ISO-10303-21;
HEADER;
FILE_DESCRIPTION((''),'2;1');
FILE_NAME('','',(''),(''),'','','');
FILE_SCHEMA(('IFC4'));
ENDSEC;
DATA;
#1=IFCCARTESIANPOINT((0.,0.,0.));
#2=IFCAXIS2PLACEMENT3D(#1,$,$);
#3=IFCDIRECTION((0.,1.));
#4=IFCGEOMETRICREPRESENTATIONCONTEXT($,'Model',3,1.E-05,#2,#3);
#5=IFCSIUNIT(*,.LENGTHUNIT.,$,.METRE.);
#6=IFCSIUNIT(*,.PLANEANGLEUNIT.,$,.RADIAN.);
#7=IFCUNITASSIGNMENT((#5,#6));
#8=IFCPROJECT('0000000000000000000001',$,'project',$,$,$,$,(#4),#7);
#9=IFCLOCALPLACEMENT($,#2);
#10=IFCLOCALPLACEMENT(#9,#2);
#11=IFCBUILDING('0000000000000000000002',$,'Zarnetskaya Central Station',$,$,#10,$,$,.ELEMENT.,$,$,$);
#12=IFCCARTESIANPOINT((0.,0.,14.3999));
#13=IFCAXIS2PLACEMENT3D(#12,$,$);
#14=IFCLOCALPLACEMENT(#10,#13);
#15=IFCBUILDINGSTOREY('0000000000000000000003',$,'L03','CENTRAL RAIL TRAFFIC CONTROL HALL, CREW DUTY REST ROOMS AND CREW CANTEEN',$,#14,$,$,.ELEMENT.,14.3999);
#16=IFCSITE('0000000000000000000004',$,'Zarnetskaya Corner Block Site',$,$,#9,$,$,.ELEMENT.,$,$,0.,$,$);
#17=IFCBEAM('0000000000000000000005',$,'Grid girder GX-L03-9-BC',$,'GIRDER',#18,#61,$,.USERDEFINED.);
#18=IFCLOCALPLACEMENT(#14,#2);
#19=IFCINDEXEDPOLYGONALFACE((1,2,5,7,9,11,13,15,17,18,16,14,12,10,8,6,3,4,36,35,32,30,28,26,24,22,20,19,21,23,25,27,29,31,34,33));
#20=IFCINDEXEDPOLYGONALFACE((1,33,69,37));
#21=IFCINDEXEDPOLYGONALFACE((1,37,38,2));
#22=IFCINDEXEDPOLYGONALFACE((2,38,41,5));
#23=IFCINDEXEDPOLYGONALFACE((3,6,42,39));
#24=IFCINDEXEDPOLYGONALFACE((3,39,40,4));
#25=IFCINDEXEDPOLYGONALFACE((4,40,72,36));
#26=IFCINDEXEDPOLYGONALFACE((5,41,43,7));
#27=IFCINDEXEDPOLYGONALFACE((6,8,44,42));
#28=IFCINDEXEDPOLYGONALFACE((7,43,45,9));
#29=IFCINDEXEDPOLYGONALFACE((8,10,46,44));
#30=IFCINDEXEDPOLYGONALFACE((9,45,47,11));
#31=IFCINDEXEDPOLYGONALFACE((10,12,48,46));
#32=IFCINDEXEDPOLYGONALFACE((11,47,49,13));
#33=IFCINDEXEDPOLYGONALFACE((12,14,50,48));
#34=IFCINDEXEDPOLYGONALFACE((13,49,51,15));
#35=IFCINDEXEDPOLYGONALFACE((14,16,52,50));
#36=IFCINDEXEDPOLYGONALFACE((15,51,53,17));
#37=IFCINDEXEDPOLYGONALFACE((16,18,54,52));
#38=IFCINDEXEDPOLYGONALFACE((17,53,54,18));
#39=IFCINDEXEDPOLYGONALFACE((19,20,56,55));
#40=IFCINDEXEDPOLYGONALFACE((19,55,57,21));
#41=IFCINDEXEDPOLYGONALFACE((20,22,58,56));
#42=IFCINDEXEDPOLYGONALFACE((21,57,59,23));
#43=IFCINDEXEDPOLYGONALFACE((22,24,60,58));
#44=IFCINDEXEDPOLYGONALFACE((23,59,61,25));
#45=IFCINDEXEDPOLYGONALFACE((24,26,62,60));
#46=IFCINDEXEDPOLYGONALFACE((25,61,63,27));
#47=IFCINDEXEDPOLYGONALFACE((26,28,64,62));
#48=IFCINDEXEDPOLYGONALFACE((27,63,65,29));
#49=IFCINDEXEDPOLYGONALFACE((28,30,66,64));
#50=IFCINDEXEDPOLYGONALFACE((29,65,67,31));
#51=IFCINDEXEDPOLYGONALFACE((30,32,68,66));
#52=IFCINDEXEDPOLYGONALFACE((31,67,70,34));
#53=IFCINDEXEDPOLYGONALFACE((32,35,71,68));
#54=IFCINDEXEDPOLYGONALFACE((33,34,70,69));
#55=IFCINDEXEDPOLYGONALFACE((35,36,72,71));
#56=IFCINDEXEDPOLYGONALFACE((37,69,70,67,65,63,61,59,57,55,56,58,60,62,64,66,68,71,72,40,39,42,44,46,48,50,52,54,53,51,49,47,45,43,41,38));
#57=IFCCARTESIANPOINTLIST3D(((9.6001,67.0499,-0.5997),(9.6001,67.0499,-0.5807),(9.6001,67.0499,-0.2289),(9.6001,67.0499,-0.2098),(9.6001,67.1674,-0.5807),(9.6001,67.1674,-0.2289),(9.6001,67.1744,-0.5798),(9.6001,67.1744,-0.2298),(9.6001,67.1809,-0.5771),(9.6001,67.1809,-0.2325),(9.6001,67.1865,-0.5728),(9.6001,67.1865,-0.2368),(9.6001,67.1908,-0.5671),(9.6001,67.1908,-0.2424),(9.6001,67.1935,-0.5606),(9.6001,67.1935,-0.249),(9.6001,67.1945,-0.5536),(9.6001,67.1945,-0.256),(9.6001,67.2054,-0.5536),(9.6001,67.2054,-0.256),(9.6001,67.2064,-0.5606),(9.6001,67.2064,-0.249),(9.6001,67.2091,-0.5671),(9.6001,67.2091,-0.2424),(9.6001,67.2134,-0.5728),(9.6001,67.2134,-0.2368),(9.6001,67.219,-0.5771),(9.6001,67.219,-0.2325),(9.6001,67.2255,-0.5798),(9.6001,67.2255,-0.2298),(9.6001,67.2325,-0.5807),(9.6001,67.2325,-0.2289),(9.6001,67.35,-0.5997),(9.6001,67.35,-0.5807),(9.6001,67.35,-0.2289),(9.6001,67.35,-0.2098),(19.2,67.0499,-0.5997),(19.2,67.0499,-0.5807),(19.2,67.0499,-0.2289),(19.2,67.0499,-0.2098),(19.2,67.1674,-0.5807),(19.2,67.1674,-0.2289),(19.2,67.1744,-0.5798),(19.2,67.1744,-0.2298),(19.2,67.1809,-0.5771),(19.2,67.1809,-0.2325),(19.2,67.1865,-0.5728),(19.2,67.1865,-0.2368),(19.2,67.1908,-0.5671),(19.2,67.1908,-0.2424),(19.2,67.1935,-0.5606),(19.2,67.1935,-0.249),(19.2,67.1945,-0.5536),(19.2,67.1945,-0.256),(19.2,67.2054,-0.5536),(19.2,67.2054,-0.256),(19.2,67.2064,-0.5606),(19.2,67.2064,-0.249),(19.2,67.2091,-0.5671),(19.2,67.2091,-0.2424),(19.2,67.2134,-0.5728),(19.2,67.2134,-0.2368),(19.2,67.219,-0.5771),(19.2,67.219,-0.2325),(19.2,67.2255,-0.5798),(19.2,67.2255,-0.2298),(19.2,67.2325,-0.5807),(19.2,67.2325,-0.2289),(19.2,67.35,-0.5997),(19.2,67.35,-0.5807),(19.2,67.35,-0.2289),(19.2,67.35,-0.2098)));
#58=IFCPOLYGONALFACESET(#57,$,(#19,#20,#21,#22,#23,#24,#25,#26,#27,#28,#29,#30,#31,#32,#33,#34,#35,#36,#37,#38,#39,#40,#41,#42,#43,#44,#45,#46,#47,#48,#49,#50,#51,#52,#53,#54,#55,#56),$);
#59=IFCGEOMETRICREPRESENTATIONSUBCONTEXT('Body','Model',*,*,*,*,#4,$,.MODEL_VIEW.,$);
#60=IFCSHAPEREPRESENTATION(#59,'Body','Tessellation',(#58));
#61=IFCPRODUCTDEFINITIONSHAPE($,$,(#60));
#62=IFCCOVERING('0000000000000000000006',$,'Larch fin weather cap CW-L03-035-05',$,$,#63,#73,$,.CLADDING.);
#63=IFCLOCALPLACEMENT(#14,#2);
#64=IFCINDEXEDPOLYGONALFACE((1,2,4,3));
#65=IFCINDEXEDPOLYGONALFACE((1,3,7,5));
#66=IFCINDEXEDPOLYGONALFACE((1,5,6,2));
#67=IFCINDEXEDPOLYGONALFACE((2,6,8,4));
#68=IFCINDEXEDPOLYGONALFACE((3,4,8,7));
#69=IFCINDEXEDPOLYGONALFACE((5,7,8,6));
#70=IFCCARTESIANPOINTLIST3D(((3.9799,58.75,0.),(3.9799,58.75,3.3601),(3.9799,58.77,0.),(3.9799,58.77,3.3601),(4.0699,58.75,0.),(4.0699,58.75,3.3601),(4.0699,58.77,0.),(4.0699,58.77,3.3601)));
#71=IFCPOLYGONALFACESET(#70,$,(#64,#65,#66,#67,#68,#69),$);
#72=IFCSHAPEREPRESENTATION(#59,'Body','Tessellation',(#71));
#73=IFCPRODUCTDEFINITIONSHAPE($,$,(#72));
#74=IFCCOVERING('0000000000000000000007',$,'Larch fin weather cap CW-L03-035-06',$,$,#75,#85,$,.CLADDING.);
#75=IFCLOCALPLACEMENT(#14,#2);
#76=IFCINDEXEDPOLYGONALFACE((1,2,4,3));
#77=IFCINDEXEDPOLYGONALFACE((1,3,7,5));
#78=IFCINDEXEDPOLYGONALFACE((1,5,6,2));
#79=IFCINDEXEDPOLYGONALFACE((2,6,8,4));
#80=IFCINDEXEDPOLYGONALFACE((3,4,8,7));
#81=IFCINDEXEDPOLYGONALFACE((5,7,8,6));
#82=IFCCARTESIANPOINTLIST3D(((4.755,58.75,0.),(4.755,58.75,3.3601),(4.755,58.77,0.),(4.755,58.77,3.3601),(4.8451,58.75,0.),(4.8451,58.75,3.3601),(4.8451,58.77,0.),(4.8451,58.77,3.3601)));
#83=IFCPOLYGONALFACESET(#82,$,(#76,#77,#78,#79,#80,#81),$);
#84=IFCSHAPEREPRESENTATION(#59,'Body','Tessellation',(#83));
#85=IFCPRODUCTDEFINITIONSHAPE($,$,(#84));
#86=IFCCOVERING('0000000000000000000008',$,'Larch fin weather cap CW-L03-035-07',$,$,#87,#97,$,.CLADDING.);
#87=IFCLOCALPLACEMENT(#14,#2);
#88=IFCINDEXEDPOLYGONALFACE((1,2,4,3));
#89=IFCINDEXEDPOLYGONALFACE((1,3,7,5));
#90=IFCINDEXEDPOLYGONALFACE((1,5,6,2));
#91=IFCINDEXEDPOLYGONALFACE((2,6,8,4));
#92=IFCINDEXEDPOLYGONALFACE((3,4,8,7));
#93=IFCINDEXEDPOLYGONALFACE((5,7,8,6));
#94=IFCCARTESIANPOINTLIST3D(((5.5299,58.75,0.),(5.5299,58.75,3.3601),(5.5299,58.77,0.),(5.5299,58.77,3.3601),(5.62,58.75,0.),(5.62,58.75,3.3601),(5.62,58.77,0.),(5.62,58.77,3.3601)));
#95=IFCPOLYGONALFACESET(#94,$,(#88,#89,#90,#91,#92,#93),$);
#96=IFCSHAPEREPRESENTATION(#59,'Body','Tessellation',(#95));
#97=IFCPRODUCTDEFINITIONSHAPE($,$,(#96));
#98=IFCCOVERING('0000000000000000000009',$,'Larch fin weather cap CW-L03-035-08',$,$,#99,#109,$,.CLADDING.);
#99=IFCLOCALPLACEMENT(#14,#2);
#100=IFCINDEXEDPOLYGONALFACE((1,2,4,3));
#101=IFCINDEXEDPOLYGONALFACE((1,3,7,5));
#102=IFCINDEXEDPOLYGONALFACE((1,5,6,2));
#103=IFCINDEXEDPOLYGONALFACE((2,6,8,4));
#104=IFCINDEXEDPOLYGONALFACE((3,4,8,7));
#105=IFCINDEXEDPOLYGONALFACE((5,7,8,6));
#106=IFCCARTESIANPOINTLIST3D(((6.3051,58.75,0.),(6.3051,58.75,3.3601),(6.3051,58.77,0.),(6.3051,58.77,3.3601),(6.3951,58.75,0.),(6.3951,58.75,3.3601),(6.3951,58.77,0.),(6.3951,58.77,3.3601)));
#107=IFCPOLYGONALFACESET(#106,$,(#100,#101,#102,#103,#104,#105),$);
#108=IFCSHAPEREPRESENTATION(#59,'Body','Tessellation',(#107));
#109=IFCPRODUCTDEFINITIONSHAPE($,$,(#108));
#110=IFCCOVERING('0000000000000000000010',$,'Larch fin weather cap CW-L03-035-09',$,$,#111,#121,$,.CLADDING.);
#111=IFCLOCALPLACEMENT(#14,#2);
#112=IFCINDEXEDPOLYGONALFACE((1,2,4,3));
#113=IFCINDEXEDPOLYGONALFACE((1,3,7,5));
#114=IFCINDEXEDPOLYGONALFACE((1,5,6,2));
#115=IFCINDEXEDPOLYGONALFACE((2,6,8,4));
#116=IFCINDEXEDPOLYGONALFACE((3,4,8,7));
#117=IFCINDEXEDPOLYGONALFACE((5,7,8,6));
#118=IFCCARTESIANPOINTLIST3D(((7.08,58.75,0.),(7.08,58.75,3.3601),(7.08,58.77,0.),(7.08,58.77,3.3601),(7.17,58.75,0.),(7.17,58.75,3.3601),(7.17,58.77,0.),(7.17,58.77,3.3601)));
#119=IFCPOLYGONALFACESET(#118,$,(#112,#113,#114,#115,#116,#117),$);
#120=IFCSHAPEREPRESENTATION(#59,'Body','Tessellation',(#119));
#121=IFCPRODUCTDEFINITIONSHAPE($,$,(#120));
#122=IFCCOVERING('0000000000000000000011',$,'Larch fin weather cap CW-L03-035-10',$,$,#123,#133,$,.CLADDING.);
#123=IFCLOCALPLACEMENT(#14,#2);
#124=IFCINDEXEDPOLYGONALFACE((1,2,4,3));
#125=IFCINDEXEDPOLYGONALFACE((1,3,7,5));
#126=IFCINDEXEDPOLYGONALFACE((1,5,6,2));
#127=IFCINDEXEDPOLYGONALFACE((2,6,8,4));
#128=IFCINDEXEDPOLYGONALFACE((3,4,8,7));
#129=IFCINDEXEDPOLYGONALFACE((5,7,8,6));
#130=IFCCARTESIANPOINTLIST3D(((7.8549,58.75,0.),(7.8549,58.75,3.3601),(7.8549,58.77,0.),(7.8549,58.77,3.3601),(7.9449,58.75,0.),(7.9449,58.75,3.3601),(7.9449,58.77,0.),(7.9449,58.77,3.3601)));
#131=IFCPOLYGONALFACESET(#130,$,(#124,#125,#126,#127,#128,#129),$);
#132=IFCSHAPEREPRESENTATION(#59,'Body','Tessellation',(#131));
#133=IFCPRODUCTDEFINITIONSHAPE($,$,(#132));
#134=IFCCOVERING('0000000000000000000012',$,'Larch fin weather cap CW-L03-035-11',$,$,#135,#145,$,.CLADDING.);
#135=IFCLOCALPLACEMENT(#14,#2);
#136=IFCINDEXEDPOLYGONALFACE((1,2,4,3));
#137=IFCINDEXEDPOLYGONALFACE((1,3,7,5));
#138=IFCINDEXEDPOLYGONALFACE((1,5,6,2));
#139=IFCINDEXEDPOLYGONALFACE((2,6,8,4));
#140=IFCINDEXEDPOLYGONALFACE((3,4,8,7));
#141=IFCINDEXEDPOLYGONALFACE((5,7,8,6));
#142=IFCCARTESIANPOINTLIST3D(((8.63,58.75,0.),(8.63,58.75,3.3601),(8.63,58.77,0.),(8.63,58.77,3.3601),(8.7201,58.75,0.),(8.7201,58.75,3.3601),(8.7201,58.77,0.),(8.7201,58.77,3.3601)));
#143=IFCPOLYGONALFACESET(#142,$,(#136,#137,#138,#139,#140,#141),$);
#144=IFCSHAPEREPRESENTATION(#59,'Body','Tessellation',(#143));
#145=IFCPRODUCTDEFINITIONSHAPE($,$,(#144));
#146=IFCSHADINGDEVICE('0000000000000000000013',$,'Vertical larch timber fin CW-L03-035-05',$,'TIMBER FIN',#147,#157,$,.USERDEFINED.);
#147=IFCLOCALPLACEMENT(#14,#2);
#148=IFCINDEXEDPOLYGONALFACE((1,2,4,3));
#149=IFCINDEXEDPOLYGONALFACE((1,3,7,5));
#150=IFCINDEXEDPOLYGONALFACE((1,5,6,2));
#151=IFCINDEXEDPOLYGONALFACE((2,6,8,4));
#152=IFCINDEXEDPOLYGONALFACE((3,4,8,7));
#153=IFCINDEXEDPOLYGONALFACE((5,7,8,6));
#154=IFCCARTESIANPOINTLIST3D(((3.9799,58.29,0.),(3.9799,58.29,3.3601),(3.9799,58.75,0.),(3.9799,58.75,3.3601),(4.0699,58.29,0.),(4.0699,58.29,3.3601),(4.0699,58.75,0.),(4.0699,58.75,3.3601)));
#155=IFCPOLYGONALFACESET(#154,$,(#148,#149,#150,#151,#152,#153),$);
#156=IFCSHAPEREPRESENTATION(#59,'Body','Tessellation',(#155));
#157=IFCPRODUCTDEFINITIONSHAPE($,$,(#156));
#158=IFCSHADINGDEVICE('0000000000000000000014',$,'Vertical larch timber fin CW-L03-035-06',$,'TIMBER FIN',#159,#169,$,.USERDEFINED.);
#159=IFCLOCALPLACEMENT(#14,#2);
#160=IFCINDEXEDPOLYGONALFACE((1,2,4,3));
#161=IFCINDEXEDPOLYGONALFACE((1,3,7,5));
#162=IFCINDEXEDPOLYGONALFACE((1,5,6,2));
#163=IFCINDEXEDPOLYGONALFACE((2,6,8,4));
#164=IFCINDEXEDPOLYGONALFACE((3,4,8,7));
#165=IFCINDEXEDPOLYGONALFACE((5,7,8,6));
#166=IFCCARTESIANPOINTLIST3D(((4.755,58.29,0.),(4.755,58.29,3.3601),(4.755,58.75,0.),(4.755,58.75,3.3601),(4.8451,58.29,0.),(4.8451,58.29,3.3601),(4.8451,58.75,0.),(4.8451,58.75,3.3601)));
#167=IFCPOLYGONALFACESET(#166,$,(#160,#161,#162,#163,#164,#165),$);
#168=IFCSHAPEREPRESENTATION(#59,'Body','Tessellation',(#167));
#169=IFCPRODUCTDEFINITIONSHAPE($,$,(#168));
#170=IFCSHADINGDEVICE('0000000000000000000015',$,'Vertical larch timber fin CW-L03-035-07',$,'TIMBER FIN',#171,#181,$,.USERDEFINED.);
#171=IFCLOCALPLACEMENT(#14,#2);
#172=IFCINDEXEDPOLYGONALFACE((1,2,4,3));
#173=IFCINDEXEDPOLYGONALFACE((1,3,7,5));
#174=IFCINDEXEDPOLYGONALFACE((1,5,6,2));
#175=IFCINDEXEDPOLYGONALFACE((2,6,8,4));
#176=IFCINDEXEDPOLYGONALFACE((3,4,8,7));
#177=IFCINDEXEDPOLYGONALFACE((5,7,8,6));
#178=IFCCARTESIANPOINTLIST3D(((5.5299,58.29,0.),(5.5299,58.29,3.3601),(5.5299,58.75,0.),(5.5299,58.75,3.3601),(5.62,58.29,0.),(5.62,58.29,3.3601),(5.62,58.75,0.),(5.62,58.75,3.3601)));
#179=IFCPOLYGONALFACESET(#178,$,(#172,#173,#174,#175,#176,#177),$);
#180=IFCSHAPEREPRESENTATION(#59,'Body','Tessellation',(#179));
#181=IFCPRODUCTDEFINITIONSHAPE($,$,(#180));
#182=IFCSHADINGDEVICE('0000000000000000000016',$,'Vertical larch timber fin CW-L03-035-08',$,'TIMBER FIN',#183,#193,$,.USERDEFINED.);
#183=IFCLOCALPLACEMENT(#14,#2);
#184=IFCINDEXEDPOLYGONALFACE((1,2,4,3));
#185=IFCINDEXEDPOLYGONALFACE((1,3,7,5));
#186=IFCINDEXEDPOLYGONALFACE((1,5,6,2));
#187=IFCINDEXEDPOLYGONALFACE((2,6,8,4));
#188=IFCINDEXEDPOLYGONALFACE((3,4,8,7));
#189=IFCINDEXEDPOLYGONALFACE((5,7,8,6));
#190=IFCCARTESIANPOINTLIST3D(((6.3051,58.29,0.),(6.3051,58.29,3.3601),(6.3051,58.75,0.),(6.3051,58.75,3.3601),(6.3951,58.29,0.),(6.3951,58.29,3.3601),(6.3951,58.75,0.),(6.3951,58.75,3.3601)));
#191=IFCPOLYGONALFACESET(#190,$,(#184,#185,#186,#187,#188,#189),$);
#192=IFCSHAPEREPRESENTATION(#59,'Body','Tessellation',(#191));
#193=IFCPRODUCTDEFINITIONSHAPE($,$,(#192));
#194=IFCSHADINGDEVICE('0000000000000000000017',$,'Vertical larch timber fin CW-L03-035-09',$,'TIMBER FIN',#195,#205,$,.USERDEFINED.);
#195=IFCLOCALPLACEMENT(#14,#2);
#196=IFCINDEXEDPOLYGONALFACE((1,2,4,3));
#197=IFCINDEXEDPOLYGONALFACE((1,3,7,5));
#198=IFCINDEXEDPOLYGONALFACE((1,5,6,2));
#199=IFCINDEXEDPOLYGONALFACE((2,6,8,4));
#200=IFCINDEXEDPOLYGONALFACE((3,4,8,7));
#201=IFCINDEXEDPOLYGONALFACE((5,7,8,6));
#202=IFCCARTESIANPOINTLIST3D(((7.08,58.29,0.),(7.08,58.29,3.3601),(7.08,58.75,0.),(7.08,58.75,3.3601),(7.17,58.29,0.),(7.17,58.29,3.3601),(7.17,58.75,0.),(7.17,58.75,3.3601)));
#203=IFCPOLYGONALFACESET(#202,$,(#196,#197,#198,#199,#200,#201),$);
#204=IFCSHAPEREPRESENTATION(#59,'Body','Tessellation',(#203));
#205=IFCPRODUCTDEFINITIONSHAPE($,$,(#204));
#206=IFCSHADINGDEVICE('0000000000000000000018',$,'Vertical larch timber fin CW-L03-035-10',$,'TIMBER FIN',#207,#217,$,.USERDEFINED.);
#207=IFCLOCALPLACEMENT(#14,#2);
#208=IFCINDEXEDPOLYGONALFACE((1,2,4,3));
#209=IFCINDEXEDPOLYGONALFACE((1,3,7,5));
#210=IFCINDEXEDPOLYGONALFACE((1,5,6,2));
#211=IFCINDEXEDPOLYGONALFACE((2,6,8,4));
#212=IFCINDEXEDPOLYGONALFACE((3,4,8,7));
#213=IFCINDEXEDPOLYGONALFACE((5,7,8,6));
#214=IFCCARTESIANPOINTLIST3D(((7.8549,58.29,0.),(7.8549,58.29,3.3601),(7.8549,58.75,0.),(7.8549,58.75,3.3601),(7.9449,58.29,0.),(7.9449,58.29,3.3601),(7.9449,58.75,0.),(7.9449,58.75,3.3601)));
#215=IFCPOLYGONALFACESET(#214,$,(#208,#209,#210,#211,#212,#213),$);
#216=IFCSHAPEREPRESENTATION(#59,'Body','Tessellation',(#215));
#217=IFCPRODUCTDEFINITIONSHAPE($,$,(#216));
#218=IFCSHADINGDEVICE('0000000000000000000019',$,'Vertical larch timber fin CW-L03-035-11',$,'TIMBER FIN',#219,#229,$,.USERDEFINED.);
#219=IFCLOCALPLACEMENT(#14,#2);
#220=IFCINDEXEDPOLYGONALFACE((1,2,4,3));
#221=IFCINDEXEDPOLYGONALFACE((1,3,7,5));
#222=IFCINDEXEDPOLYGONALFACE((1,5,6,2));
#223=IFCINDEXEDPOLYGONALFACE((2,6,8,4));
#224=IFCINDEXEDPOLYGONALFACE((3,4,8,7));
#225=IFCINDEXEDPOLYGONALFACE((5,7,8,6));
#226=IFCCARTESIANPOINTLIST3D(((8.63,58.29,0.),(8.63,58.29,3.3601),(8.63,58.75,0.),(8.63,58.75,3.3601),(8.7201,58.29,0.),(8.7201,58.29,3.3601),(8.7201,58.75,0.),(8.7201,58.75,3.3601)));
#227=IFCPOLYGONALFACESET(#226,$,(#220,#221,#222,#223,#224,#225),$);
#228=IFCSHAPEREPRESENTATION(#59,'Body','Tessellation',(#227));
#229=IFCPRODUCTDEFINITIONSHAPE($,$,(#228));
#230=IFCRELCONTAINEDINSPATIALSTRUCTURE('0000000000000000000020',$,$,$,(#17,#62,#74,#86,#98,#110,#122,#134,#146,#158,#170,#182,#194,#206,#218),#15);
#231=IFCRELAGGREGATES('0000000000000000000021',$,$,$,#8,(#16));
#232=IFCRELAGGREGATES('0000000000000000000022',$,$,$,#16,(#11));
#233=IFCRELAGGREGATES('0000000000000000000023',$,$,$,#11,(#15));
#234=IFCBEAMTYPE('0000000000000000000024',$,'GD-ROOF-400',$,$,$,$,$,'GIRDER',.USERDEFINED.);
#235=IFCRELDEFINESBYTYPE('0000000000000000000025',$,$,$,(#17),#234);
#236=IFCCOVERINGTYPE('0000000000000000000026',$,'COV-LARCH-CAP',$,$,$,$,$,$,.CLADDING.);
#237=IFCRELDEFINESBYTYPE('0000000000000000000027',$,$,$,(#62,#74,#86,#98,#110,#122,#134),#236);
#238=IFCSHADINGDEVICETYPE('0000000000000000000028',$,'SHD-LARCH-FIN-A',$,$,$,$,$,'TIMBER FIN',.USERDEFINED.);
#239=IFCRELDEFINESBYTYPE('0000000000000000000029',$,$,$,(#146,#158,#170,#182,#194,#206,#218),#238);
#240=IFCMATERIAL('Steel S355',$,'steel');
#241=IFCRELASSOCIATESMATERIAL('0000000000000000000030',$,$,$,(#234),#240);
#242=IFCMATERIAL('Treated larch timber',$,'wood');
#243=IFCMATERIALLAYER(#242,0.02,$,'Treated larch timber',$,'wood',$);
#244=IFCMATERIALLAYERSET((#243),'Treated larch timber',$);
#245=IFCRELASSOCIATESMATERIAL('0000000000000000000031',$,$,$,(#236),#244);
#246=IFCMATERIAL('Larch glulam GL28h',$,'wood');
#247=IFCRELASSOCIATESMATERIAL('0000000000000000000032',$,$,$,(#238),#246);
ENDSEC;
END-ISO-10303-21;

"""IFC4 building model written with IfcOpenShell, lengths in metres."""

from ifc_helpers import new_model, si_unit, direction, frame, origin, origin_2d, place, context, subcontext, project, spatial, rectangle, i_section, extrude, material, layer, layer_set, material_profile, profile_set, type_object, element, save


model = new_model("IFC4")

# Units and contexts
model_context = context("Model", 3, precision=1e-05, world=origin(), true_north=direction((0.0, 1.0)))
body_context = subcontext(model_context, "Body", "Model", "MODEL_VIEW")
ifc_project = project(units=[si_unit("LENGTHUNIT", "METRE"), si_unit("PLANEANGLEUNIT", "RADIAN")], contexts=[model_context])

# Site, building, storey
site_placement = place(None, origin())
site = spatial("IfcSite", under=ifc_project, at=site_placement, Name="Zarnetskaya Corner Block Site", CompositionType="ELEMENT", RefElevation=0.0)
building_placement = place(site_placement, origin())
building = spatial("IfcBuilding", under=site, at=building_placement, Name="Zarnetskaya Central Station", CompositionType="ELEMENT")
storey_placement = place(building_placement, frame((0.0, 0.0, 14.3999)))
storey = spatial("IfcBuildingStorey", under=building, at=storey_placement, Name="L03", Description="CENTRAL RAIL TRAFFIC CONTROL HALL, CREW DUTY REST ROOMS AND CREW CANTEEN", CompositionType="ELEMENT", Elevation=14.3999)

# Shared definitions
ifc_material_1 = material(Name="Steel S355", Category="steel")

# Beam
ifc_material_profile_1 = material_profile(ifc_material_1, i_section(OverallWidth=0.3, OverallDepth=0.3899, WebThickness=0.011, FlangeThickness=0.019, FilletRadius=0.0271, at=origin_2d()), Name="HEA 400")
ifc_profile_set_1 = profile_set([ifc_material_profile_1], Name="Steel S355")
beam_type_1 = type_object("IfcBeamType", Name="GD-ROOF-400", ElementType="GIRDER", PredefinedType="USERDEFINED", material=ifc_profile_set_1)
beam_1_placement = place(storey_placement, frame((9.6001, 67.2, -0.4048), z_axis=(1.0, 0.0, 0.0), x_axis=(0.0, 1.0, 0.0)))
element("IfcBeam", 1, at=beam_1_placement, inside=storey, type_object=beam_type_1, Name="Grid girder GX-L03-9-BC", ObjectType="GIRDER", PredefinedType="USERDEFINED", context=body_context, shape_type="SweptSolid", body=[
    extrude(i_section(OverallWidth=0.3, OverallDepth=0.3899, WebThickness=0.011, FlangeThickness=0.019, FilletRadius=0.0271, at=origin_2d()), origin(), (0.0, 0.0, 1.0), 9.5999),
])

# Coverings
ifc_material_2 = material(Name="Treated larch timber", Category="wood")
ifc_layer_1 = layer(ifc_material_2, 0.02, Name="Treated larch timber", Category="wood")
ifc_layer_set_1 = layer_set([ifc_layer_1], Name="Treated larch timber")
covering_type = type_object("IfcCoveringType", Name="COV-LARCH-CAP", PredefinedType="CLADDING", material=ifc_layer_set_1)
for number, where, z_axis, x_axis, name in (
    (2, (4.0249, 58.76, 0.0), (0.0, 0.0, 1.0), (1.0, 0.0, 0.0), "Larch fin weather cap CW-L03-035-05"),
    (3, (4.8, 58.76, 0.0), (0.0, 0.0, 1.0), (1.0, 0.0, 0.0), "Larch fin weather cap CW-L03-035-06"),
    (4, (5.575, 58.76, 0.0), (0.0, 0.0, 1.0), (1.0, 0.0, 0.0), "Larch fin weather cap CW-L03-035-07"),
    (5, (6.3501, 58.76, 0.0), (0.0, 0.0, 1.0), (1.0, 0.0, 0.0), "Larch fin weather cap CW-L03-035-08"),
    (6, (7.125, 58.76, 0.0), (0.0, 0.0, 1.0), (1.0, 0.0, 0.0), "Larch fin weather cap CW-L03-035-09"),
    (7, (7.8999, 58.76, 0.0), (0.0, 0.0, 1.0), (1.0, 0.0, 0.0), "Larch fin weather cap CW-L03-035-10"),
    (8, (8.675, 58.76, 0.0), (0.0, 0.0, 1.0), (1.0, 0.0, 0.0), "Larch fin weather cap CW-L03-035-11"),
):
    element("IfcCovering", number, at=place(storey_placement, frame(where, z_axis=z_axis, x_axis=x_axis)), inside=storey, type_object=covering_type, Name=name, PredefinedType="CLADDING", context=body_context, shape_type="SweptSolid", body=[
        extrude(rectangle(XDim=0.0901, YDim=0.02, at=origin_2d()), origin(), (0.0, 0.0, 1.0), 3.3601),
    ])

# Shading devices
ifc_material_3 = material(Name="Larch glulam GL28h", Category="wood")
shading_device_type = type_object("IfcShadingDeviceType", Name="SHD-LARCH-FIN-A", ElementType="TIMBER FIN", PredefinedType="USERDEFINED", material=ifc_material_3)
for number, where, z_axis, x_axis, name in (
    (9, (4.0249, 58.52, 0.0), (0.0, 0.0, 1.0), (1.0, 0.0, 0.0), "Vertical larch timber fin CW-L03-035-05"),
    (10, (4.8, 58.52, 0.0), (0.0, 0.0, 1.0), (1.0, 0.0, 0.0), "Vertical larch timber fin CW-L03-035-06"),
    (11, (5.575, 58.52, 0.0), (0.0, 0.0, 1.0), (1.0, 0.0, 0.0), "Vertical larch timber fin CW-L03-035-07"),
    (12, (6.3501, 58.52, 0.0), (0.0, 0.0, 1.0), (1.0, 0.0, 0.0), "Vertical larch timber fin CW-L03-035-08"),
    (13, (7.125, 58.52, 0.0), (0.0, 0.0, 1.0), (1.0, 0.0, 0.0), "Vertical larch timber fin CW-L03-035-09"),
    (14, (7.8999, 58.52, 0.0), (0.0, 0.0, 1.0), (1.0, 0.0, 0.0), "Vertical larch timber fin CW-L03-035-10"),
    (15, (8.675, 58.52, 0.0), (0.0, 0.0, 1.0), (1.0, 0.0, 0.0), "Vertical larch timber fin CW-L03-035-11"),
):
    element("IfcShadingDevice", number, at=place(storey_placement, frame(where, z_axis=z_axis, x_axis=x_axis)), inside=storey, type_object=shading_device_type, Name=name, ObjectType="TIMBER FIN", PredefinedType="USERDEFINED", context=body_context, shape_type="SweptSolid", body=[
        extrude(rectangle(XDim=0.0901, YDim=0.46, at=origin_2d()), origin(), (0.0, 0.0, 1.0), 3.3601),
    ])

save(model, "model.ifc")
